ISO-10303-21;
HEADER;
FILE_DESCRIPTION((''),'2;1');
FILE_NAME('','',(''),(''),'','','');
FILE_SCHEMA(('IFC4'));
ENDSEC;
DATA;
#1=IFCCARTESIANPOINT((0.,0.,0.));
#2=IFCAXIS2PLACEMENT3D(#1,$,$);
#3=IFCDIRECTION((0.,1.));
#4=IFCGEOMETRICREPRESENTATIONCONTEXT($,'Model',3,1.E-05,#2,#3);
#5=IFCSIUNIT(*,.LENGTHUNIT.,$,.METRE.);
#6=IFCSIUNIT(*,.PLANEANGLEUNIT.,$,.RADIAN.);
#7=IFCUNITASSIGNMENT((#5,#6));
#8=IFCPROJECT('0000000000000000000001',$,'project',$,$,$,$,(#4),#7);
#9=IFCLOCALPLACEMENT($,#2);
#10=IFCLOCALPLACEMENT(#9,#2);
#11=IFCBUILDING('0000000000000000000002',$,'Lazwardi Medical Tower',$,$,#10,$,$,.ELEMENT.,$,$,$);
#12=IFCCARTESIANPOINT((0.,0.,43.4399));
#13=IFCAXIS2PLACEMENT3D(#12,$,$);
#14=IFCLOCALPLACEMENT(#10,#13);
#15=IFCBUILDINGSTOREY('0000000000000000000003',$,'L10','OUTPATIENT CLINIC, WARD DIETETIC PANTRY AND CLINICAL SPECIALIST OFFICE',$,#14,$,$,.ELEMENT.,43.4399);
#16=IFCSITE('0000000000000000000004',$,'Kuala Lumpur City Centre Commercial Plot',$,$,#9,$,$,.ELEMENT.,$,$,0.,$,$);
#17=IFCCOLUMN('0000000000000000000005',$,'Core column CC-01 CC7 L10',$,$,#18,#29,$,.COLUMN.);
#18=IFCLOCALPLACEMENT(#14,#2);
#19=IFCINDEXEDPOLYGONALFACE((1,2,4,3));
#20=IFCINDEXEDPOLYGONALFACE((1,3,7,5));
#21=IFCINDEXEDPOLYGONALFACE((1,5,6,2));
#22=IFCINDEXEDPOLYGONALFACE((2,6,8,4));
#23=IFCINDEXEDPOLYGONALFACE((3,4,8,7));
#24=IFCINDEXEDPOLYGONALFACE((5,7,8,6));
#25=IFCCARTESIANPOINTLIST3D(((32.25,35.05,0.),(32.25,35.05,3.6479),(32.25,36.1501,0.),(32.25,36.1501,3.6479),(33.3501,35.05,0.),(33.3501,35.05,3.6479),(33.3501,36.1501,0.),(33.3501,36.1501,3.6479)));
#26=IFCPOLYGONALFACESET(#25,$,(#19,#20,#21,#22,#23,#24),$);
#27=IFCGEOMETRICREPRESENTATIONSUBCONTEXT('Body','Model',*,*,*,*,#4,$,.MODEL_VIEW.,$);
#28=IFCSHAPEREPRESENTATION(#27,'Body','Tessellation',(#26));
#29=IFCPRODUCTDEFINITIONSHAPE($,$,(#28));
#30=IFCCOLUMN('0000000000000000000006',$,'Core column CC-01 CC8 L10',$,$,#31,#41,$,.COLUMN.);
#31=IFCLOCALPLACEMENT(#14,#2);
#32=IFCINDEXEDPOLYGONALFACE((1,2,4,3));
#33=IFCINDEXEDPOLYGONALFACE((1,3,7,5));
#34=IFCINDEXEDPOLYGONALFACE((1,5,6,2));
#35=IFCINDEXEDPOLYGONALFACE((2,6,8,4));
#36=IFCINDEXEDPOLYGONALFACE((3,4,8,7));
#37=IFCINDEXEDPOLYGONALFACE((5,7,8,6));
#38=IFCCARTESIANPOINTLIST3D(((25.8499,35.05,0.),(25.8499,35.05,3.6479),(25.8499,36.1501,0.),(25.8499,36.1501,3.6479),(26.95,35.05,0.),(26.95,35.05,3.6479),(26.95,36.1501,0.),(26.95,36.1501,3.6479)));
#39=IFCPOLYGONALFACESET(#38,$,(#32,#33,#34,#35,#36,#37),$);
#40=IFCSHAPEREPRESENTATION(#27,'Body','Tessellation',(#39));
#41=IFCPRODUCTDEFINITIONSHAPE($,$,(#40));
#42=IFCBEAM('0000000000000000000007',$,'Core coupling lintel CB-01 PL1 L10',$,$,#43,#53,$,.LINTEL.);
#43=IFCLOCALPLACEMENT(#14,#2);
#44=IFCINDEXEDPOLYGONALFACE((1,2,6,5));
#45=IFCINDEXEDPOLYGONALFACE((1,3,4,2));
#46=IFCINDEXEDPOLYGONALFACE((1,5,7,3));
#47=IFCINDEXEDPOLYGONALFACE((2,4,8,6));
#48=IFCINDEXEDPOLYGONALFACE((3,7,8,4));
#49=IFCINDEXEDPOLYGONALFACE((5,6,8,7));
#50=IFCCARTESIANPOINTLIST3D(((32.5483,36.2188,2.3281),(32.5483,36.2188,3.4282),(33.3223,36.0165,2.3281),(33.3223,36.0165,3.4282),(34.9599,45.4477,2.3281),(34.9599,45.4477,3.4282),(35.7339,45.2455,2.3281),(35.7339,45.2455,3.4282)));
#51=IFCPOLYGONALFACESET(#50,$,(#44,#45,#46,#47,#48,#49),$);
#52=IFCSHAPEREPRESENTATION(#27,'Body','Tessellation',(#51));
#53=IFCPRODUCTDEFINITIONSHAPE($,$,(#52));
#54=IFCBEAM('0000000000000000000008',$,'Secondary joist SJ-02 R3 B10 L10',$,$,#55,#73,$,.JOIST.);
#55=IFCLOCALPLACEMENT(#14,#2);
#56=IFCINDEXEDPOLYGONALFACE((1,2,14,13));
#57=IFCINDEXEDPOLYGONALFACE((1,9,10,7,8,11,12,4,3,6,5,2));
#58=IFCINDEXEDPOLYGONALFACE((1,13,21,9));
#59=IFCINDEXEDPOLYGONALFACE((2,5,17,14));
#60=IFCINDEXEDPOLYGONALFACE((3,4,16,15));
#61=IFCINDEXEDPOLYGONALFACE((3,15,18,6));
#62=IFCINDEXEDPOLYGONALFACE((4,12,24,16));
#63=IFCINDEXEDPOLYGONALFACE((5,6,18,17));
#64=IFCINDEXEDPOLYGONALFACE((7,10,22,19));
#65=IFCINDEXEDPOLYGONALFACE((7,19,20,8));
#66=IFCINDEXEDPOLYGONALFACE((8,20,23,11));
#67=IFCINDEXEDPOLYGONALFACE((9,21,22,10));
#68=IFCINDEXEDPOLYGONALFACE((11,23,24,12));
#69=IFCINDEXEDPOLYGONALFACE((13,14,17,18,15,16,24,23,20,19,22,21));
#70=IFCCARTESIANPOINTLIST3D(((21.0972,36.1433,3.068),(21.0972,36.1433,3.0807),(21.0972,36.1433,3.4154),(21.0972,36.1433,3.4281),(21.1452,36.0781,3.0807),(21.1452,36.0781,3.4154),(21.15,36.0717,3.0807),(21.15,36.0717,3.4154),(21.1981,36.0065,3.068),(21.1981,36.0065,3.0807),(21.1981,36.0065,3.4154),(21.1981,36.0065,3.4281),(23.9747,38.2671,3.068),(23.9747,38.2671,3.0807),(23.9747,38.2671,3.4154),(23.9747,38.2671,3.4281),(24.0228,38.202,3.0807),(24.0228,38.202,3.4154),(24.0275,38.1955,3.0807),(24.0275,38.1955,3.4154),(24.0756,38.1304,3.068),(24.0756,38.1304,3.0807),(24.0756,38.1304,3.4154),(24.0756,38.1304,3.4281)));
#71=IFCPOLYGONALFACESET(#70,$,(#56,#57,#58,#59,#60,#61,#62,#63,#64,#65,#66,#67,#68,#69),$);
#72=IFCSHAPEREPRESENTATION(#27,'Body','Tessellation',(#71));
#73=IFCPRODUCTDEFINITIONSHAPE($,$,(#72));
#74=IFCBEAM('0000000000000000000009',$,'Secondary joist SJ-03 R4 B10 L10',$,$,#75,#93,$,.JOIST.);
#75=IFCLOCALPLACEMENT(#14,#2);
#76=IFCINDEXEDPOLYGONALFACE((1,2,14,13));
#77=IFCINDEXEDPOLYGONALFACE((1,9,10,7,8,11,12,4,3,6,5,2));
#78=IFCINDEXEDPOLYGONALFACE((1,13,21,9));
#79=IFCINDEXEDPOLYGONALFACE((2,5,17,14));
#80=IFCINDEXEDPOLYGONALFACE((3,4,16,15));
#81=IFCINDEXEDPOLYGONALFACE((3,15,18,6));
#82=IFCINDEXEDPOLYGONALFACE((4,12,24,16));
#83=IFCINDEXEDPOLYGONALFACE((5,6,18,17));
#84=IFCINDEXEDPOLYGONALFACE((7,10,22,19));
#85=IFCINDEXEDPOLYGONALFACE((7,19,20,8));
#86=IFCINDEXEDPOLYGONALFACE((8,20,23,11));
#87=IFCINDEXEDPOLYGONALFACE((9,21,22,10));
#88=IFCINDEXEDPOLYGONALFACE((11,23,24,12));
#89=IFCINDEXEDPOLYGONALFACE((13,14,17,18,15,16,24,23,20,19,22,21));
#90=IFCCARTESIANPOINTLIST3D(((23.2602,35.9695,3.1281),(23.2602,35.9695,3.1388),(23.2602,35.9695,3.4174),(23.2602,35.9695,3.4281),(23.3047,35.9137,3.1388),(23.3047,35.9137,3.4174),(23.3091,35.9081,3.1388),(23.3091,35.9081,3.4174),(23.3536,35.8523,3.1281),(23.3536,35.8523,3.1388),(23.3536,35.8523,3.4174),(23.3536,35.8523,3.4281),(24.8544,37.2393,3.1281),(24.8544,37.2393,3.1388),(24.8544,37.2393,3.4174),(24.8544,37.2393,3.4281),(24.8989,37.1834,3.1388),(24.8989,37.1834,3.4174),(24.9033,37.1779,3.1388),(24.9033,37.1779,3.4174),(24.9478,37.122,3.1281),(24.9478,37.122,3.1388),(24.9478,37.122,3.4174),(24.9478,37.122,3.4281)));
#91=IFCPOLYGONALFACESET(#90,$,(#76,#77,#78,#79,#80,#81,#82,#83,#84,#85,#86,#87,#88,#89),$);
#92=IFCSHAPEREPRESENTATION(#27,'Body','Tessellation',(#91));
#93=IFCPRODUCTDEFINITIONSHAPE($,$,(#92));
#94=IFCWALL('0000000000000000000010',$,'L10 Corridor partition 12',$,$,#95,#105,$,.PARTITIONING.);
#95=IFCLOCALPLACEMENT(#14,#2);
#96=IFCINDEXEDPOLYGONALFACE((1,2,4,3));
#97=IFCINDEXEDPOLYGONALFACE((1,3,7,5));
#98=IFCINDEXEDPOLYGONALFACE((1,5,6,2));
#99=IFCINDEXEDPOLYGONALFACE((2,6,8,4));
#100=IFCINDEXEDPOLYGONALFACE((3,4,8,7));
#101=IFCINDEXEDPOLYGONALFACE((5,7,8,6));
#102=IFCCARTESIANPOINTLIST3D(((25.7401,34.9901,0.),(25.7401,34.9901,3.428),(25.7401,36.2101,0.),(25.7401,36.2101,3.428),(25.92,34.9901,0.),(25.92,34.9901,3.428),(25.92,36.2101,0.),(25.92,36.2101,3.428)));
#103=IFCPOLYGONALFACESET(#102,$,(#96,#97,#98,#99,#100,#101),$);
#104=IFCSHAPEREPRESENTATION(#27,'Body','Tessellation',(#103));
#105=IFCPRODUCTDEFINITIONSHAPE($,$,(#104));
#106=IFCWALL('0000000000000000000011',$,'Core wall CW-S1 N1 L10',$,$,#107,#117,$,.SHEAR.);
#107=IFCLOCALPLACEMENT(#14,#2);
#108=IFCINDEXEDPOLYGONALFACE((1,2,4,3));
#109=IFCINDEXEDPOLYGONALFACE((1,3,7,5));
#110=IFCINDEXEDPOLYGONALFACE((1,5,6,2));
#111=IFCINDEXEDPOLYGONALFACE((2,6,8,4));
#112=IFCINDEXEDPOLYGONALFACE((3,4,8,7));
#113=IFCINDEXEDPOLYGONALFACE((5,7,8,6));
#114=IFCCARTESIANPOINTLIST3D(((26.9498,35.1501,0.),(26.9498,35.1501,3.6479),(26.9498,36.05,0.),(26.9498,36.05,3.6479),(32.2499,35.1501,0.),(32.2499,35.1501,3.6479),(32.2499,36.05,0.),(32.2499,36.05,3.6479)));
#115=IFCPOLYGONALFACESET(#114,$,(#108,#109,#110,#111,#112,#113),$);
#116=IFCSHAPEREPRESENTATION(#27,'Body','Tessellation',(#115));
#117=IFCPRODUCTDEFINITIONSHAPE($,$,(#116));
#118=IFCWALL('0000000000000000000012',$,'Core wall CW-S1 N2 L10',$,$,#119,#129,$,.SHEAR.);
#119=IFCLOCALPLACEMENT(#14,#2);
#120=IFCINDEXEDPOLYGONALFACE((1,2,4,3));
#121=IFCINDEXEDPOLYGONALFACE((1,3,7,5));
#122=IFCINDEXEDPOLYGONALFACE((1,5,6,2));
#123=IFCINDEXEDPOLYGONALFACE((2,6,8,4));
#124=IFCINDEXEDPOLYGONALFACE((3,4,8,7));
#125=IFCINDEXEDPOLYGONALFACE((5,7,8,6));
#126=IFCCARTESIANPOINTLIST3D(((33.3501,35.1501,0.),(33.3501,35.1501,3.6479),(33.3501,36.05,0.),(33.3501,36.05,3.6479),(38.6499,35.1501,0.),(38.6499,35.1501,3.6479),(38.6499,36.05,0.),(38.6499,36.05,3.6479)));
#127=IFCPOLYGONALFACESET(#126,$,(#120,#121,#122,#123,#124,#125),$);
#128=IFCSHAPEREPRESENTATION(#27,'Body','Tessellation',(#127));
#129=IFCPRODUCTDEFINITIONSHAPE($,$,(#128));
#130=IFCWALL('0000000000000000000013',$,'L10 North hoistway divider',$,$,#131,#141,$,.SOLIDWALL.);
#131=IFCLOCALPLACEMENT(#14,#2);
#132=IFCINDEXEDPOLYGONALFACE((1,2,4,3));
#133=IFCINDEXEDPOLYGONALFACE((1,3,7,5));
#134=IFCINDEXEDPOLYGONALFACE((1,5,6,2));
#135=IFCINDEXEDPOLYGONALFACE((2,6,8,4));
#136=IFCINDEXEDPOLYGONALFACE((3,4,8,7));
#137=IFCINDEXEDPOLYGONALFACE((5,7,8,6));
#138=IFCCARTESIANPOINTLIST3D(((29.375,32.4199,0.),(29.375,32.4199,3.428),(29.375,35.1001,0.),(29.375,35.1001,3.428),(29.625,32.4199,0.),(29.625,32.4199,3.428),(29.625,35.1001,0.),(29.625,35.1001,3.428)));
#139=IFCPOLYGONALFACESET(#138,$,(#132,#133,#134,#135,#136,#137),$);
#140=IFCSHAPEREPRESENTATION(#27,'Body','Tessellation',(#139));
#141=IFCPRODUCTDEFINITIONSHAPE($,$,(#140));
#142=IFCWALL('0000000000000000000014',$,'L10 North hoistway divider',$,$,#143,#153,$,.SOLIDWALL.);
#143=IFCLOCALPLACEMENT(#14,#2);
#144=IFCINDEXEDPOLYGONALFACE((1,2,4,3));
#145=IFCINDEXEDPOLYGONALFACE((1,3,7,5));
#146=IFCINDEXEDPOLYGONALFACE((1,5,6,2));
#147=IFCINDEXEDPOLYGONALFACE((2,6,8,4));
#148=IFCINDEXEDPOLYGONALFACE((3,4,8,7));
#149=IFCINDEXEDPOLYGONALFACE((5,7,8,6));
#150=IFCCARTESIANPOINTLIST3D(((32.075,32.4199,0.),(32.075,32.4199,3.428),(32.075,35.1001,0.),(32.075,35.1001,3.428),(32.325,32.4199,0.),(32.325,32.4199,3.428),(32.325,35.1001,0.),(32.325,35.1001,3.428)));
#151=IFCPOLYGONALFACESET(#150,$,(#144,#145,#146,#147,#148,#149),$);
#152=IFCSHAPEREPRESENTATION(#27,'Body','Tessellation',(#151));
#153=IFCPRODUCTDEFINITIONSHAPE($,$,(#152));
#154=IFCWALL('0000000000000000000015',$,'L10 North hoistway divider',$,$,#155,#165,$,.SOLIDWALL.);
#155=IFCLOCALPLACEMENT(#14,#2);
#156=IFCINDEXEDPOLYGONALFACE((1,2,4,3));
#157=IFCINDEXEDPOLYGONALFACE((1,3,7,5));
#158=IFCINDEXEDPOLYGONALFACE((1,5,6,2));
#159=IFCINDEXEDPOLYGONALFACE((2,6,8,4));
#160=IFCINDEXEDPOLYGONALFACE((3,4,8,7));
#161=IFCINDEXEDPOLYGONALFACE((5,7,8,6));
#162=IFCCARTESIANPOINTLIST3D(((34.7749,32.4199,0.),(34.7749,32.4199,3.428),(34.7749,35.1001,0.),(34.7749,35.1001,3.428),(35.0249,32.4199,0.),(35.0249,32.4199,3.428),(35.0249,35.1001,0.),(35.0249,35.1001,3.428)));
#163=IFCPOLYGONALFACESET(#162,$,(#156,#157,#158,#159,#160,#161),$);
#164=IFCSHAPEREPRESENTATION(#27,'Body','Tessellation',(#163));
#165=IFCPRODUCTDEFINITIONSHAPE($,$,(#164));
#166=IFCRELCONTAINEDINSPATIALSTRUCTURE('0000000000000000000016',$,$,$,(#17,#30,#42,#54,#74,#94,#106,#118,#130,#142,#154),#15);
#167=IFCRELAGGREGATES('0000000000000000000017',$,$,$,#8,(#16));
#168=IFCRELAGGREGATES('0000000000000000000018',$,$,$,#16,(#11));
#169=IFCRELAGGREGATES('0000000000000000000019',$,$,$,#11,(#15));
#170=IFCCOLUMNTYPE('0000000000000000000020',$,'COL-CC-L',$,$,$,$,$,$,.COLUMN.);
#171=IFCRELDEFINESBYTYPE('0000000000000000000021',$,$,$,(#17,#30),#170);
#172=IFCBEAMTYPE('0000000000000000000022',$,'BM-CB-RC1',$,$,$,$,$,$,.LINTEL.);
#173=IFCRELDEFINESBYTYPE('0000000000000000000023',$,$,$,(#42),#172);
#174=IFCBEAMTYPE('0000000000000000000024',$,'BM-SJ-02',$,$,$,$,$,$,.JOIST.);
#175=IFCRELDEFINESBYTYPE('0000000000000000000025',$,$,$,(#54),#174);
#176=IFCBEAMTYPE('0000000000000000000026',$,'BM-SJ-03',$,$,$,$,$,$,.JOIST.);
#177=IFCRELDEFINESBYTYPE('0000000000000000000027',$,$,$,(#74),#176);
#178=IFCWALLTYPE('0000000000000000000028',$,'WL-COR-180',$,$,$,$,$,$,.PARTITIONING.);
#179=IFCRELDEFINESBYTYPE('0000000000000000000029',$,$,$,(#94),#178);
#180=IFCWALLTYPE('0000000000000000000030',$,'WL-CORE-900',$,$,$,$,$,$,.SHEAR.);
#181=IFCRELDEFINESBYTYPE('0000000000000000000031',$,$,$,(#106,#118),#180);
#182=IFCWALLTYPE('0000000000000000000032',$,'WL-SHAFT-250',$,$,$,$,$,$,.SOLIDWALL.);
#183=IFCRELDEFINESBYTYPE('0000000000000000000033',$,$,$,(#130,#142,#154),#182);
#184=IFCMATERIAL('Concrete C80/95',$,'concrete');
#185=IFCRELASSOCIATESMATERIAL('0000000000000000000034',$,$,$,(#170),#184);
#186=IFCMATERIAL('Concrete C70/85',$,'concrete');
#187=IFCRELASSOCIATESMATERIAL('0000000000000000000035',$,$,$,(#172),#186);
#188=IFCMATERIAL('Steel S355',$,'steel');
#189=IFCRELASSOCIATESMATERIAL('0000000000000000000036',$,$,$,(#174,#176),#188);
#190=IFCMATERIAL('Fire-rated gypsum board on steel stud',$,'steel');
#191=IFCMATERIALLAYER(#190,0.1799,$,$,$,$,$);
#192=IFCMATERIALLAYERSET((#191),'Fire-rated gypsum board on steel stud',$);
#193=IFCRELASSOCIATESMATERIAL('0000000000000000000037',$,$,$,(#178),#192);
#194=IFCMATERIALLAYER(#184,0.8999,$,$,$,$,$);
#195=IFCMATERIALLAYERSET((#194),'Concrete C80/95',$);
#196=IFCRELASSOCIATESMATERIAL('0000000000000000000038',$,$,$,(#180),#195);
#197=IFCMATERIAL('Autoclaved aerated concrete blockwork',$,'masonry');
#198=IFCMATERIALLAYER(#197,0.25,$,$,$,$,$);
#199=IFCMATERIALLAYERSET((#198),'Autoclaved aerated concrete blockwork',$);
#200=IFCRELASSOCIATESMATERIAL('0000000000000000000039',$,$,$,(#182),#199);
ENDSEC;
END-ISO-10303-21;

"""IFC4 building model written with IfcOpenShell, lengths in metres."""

from ifc_helpers import new_model, si_unit, direction, frame, frame_2d, origin, origin_2d, place, context, subcontext, project, spatial, rectangle, i_section, extrude, material, layer, layer_set, material_profile, profile_set, type_object, element, save


model = new_model("IFC4")

# Units and contexts
model_context = context("Model", 3, precision=1e-05, world=origin(), true_north=direction((0.0, 1.0)))
body_context = subcontext(model_context, "Body", "Model", "MODEL_VIEW")
ifc_project = project(units=[si_unit("LENGTHUNIT", "METRE"), si_unit("PLANEANGLEUNIT", "RADIAN")], contexts=[model_context])

# Site, building, storey
site_placement = place(None, origin())
site = spatial("IfcSite", under=ifc_project, at=site_placement, Name="Kuala Lumpur City Centre Commercial Plot", CompositionType="ELEMENT", RefElevation=0.0)
building_placement = place(site_placement, origin())
building = spatial("IfcBuilding", under=site, at=building_placement, Name="Lazwardi Medical Tower", CompositionType="ELEMENT")
storey_placement = place(building_placement, frame((0.0, 0.0, 43.4399)))
storey = spatial("IfcBuildingStorey", under=building, at=storey_placement, Name="L10", Description="OUTPATIENT CLINIC, WARD DIETETIC PANTRY AND CLINICAL SPECIALIST OFFICE", CompositionType="ELEMENT", Elevation=43.4399)

# Columns
ifc_material_1 = material(Name="Concrete C80/95", Category="concrete")
ifc_material_profile_1 = material_profile(ifc_material_1, rectangle(XDim=1.1001, YDim=1.1001, at=origin_2d()), Name="RC 1100x1100")
ifc_profile_set_1 = profile_set([ifc_material_profile_1], Name="Concrete C80/95")
column_type = type_object("IfcColumnType", Name="COL-CC-L", PredefinedType="COLUMN", material=ifc_profile_set_1)
for number, where, z_axis, x_axis, name in (
    (1, (32.8, 35.6001, 0.0), (0.0, 0.0, 1.0), (1.0, 0.0, 0.0), "Core column CC-01 CC7 L10"),
    (2, (26.3999, 35.6001, 0.0), (0.0, 0.0, 1.0), (1.0, 0.0, 0.0), "Core column CC-01 CC8 L10"),
):
    element("IfcColumn", number, at=place(storey_placement, frame(where, z_axis=z_axis, x_axis=x_axis)), inside=storey, type_object=column_type, Name=name, PredefinedType="COLUMN", context=body_context, shape_type="SweptSolid", body=[
        extrude(rectangle(XDim=1.1001, YDim=1.1001, at=origin_2d()), origin(), (0.0, 0.0, 1.0), 3.6479),
    ])

# Beams
ifc_material_2 = material(Name="Concrete C70/85", Category="concrete")
ifc_material_profile_2 = material_profile(ifc_material_2, rectangle(XDim=0.8, YDim=1.1001, at=origin_2d()), Name="RC 800x1100")
ifc_profile_set_2 = profile_set([ifc_material_profile_2], Name="Concrete C70/85")
beam_type_1 = type_object("IfcBeamType", Name="BM-CB-RC1", PredefinedType="LINTEL", material=ifc_profile_set_2)
beam_1_placement = place(storey_placement, frame((32.9353, 36.1177, 2.8782), z_axis=(0.25282, 0.967513, 0.0), x_axis=(-0.967513, 0.25282, 0.0)))
element("IfcBeam", 3, at=beam_1_placement, inside=storey, type_object=beam_type_1, Name="Core coupling lintel CB-01 PL1 L10", PredefinedType="LINTEL", context=body_context, shape_type="SweptSolid", body=[
    extrude(rectangle(XDim=0.8, YDim=1.1001, at=origin_2d()), origin(), (0.0, 0.0, 1.0), 9.5388),
])
ifc_material_3 = material(Name="Steel S355", Category="steel")
ifc_material_profile_3 = material_profile(ifc_material_3, i_section(OverallWidth=0.1699, OverallDepth=0.3601, WebThickness=0.0081, FlangeThickness=0.0127, at=origin_2d()), Name="IPE 360")
ifc_profile_set_3 = profile_set([ifc_material_profile_3], Name="Steel S355")
beam_type_2 = type_object("IfcBeamType", Name="BM-SJ-02", PredefinedType="JOIST", material=ifc_profile_set_3)
beam_2_placement = place(storey_placement, frame((24.0251, 38.1987, 3.248), z_axis=(-0.80458, -0.593844, 0.0), x_axis=(0.593844, -0.80458, 0.0)))
element("IfcBeam", 4, at=beam_2_placement, inside=storey, type_object=beam_type_2, Name="Secondary joist SJ-02 R3 B10 L10", PredefinedType="JOIST", context=body_context, shape_type="SweptSolid", body=[
    extrude(i_section(OverallWidth=0.1699, OverallDepth=0.3601, WebThickness=0.0081, FlangeThickness=0.0127, at=origin_2d()), origin(), (0.0, 0.0, 1.0), 3.5764),
])
ifc_material_profile_4 = material_profile(ifc_material_3, i_section(OverallWidth=0.1499, OverallDepth=0.3, WebThickness=0.0071, FlangeThickness=0.0107, at=origin_2d()), Name="IPE 300")
ifc_profile_set_4 = profile_set([ifc_material_profile_4], Name="Steel S355")
beam_type_3 = type_object("IfcBeamType", Name="BM-SJ-03", PredefinedType="JOIST", material=ifc_profile_set_4)
beam_3_placement = place(storey_placement, frame((24.9011, 37.1807, 3.2781), z_axis=(-0.782211, -0.623014, 0.0), x_axis=(0.623014, -0.782211, 0.0)))
element("IfcBeam", 5, at=beam_3_placement, inside=storey, type_object=beam_type_3, Name="Secondary joist SJ-03 R4 B10 L10", PredefinedType="JOIST", context=body_context, shape_type="SweptSolid", body=[
    extrude(i_section(OverallWidth=0.1499, OverallDepth=0.3, WebThickness=0.0071, FlangeThickness=0.0107, at=origin_2d()), origin(), (0.0, 0.0, 1.0), 2.0381),
])

# Walls
ifc_material_4 = material(Name="Fire-rated gypsum board on steel stud", Category="steel")
ifc_layer_1 = layer(ifc_material_4, 0.1799)
ifc_layer_set_1 = layer_set([ifc_layer_1], Name="Fire-rated gypsum board on steel stud")
wall_type_1 = type_object("IfcWallType", Name="WL-COR-180", PredefinedType="PARTITIONING", material=ifc_layer_set_1)
wall_1_placement = place(storey_placement, frame((25.8301, 36.21, 0.0), z_axis=(0.0, 0.0, 1.0), x_axis=(0.0, -1.0, 0.0)))
element("IfcWall", 6, at=wall_1_placement, inside=storey, type_object=wall_type_1, Name="L10 Corridor partition 12", PredefinedType="PARTITIONING", context=body_context, shape_type="SweptSolid", body=[
    extrude(rectangle(XDim=1.22, YDim=0.1799, at=frame_2d((0.6099, 0.0))), origin(), (0.0, 0.0, 1.0), 3.428),
])
ifc_layer_2 = layer(ifc_material_1, 0.8999)
ifc_layer_set_2 = layer_set([ifc_layer_2], Name="Concrete C80/95")
wall_type_2 = type_object("IfcWallType", Name="WL-CORE-900", PredefinedType="SHEAR", material=ifc_layer_set_2)
wall_2_placement = place(storey_placement, frame((26.95, 35.6001, 0.0), z_axis=(0.0, 0.0, 1.0), x_axis=(1.0, 0.0, 0.0)))
element("IfcWall", 7, at=wall_2_placement, inside=storey, type_object=wall_type_2, Name="Core wall CW-S1 N1 L10", PredefinedType="SHEAR", context=body_context, shape_type="SweptSolid", body=[
    extrude(rectangle(XDim=5.3, YDim=0.8999, at=frame_2d((2.6499, 0.0))), origin(), (0.0, 0.0, 1.0), 3.6479),
])
wall_3_placement = place(storey_placement, frame((33.3501, 35.6001, 0.0), z_axis=(0.0, 0.0, 1.0), x_axis=(1.0, 0.0, 0.0)))
element("IfcWall", 8, at=wall_3_placement, inside=storey, type_object=wall_type_2, Name="Core wall CW-S1 N2 L10", PredefinedType="SHEAR", context=body_context, shape_type="SweptSolid", body=[
    extrude(rectangle(XDim=5.2998, YDim=0.8999, at=frame_2d((2.6499, 0.0))), origin(), (0.0, 0.0, 1.0), 3.6479),
])
ifc_material_5 = material(Name="Autoclaved aerated concrete blockwork", Category="masonry")
ifc_layer_3 = layer(ifc_material_5, 0.25)
ifc_layer_set_3 = layer_set([ifc_layer_3], Name="Autoclaved aerated concrete blockwork")
wall_type_3 = type_object("IfcWallType", Name="WL-SHAFT-250", PredefinedType="SOLIDWALL", material=ifc_layer_set_3)
for number, where, z_axis, x_axis, name in (
    (9, (29.5, 32.4199, 0.0), (0.0, 0.0, 1.0), (0.0, 1.0, 0.0), "L10 North hoistway divider"),
    (10, (32.2, 32.4199, 0.0), (0.0, 0.0, 1.0), (0.0, 1.0, 0.0), "L10 North hoistway divider"),
    (11, (34.8999, 32.4199, 0.0), (0.0, 0.0, 1.0), (0.0, 1.0, 0.0), "L10 North hoistway divider"),
):
    element("IfcWall", number, at=place(storey_placement, frame(where, z_axis=z_axis, x_axis=x_axis)), inside=storey, type_object=wall_type_3, Name=name, PredefinedType="SOLIDWALL", context=body_context, shape_type="SweptSolid", body=[
        extrude(rectangle(XDim=2.6802, YDim=0.25, at=frame_2d((1.3401, 0.0))), origin(), (0.0, 0.0, 1.0), 3.428),
    ])

save(model, "model.ifc")
